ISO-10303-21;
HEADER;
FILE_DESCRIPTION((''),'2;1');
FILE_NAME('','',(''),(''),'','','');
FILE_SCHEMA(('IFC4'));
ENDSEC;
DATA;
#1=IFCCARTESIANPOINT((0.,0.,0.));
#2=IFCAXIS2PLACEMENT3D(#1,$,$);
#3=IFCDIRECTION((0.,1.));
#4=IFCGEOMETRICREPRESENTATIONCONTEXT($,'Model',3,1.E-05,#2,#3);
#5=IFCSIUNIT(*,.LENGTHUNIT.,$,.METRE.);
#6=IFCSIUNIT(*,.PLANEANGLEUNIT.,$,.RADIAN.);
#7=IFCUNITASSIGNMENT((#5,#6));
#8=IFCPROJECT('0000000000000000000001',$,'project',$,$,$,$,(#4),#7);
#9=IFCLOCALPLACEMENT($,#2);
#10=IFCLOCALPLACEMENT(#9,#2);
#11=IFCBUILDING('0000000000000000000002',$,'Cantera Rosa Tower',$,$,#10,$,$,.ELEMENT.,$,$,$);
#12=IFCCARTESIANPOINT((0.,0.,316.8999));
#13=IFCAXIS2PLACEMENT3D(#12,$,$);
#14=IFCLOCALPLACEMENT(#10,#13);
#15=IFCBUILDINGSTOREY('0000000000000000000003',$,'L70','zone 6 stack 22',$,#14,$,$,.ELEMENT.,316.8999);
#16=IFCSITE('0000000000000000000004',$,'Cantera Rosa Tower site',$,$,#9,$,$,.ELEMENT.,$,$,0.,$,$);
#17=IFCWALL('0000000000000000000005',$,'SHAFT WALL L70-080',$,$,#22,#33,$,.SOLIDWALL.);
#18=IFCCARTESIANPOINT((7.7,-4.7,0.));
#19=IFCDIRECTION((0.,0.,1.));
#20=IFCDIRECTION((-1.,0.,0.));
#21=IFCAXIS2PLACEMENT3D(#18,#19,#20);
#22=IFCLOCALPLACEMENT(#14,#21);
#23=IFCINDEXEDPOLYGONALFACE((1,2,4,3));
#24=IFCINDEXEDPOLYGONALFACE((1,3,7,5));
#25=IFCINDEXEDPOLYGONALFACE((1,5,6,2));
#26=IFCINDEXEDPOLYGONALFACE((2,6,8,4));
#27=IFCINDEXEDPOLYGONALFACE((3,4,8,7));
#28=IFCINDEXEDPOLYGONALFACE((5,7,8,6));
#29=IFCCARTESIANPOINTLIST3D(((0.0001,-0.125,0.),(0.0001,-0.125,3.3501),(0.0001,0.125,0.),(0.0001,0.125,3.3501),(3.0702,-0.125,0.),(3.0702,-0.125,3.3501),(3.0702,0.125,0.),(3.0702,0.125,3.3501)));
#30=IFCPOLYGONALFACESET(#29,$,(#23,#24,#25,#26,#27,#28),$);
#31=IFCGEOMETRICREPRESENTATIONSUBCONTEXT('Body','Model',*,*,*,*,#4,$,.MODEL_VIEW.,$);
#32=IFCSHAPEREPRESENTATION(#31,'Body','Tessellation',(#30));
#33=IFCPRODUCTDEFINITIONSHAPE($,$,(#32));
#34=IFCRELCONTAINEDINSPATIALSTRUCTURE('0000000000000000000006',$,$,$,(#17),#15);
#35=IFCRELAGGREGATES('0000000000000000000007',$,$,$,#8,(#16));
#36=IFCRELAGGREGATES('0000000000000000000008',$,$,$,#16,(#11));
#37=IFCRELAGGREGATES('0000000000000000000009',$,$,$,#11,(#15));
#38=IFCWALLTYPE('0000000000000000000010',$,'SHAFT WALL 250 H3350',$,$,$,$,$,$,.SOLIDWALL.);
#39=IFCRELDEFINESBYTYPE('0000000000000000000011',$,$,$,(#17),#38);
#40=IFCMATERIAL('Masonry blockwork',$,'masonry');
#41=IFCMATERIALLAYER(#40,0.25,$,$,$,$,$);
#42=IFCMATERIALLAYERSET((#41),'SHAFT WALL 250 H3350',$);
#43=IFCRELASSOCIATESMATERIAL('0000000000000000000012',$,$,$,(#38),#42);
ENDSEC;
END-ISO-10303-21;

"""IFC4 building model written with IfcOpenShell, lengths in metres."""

from ifc_helpers import new_model, si_unit, direction, frame, frame_2d, origin, place, context, subcontext, project, spatial, rectangle, extrude, material, layer, layer_set, type_object, element, save


model = new_model("IFC4")

# Units and contexts
model_context = context("Model", 3, precision=1e-05, world=origin(), true_north=direction((0.0, 1.0)))
body_context = subcontext(model_context, "Body", "Model", "MODEL_VIEW")
ifc_project = project(units=[si_unit("LENGTHUNIT", "METRE"), si_unit("PLANEANGLEUNIT", "RADIAN")], contexts=[model_context])

# Site, building, storey
site_placement = place(None, origin())
site = spatial("IfcSite", under=ifc_project, at=site_placement, Name="Cantera Rosa Tower site", CompositionType="ELEMENT", RefElevation=0.0)
building_placement = place(site_placement, origin())
building = spatial("IfcBuilding", under=site, at=building_placement, Name="Cantera Rosa Tower", CompositionType="ELEMENT")
storey_placement = place(building_placement, frame((0.0, 0.0, 316.8999)))
storey = spatial("IfcBuildingStorey", under=building, at=storey_placement, Name="L70", Description="zone 6 stack 22", CompositionType="ELEMENT", Elevation=316.8999)

# Wall
ifc_material_1 = material(Name="Masonry blockwork", Category="masonry")
ifc_layer_1 = layer(ifc_material_1, 0.25)
ifc_layer_set_1 = layer_set([ifc_layer_1], Name="SHAFT WALL 250 H3350")
wall_type_1 = type_object("IfcWallType", Name="SHAFT WALL 250 H3350", PredefinedType="SOLIDWALL", material=ifc_layer_set_1)
wall_1_placement = place(storey_placement, frame((7.7, -4.7, 0.0), z_axis=(0.0, 0.0, 1.0), x_axis=(-1.0, 0.0, 0.0)))
element("IfcWall", 1, at=wall_1_placement, inside=storey, type_object=wall_type_1, Name="SHAFT WALL L70-080", PredefinedType="SOLIDWALL", context=body_context, shape_type="SweptSolid", body=[
    extrude(rectangle(XDim=3.0701, YDim=0.25, at=frame_2d((1.5352, 0.0))), origin(), (0.0, 0.0, 1.0), 3.3501),
])

save(model, "model.ifc")
